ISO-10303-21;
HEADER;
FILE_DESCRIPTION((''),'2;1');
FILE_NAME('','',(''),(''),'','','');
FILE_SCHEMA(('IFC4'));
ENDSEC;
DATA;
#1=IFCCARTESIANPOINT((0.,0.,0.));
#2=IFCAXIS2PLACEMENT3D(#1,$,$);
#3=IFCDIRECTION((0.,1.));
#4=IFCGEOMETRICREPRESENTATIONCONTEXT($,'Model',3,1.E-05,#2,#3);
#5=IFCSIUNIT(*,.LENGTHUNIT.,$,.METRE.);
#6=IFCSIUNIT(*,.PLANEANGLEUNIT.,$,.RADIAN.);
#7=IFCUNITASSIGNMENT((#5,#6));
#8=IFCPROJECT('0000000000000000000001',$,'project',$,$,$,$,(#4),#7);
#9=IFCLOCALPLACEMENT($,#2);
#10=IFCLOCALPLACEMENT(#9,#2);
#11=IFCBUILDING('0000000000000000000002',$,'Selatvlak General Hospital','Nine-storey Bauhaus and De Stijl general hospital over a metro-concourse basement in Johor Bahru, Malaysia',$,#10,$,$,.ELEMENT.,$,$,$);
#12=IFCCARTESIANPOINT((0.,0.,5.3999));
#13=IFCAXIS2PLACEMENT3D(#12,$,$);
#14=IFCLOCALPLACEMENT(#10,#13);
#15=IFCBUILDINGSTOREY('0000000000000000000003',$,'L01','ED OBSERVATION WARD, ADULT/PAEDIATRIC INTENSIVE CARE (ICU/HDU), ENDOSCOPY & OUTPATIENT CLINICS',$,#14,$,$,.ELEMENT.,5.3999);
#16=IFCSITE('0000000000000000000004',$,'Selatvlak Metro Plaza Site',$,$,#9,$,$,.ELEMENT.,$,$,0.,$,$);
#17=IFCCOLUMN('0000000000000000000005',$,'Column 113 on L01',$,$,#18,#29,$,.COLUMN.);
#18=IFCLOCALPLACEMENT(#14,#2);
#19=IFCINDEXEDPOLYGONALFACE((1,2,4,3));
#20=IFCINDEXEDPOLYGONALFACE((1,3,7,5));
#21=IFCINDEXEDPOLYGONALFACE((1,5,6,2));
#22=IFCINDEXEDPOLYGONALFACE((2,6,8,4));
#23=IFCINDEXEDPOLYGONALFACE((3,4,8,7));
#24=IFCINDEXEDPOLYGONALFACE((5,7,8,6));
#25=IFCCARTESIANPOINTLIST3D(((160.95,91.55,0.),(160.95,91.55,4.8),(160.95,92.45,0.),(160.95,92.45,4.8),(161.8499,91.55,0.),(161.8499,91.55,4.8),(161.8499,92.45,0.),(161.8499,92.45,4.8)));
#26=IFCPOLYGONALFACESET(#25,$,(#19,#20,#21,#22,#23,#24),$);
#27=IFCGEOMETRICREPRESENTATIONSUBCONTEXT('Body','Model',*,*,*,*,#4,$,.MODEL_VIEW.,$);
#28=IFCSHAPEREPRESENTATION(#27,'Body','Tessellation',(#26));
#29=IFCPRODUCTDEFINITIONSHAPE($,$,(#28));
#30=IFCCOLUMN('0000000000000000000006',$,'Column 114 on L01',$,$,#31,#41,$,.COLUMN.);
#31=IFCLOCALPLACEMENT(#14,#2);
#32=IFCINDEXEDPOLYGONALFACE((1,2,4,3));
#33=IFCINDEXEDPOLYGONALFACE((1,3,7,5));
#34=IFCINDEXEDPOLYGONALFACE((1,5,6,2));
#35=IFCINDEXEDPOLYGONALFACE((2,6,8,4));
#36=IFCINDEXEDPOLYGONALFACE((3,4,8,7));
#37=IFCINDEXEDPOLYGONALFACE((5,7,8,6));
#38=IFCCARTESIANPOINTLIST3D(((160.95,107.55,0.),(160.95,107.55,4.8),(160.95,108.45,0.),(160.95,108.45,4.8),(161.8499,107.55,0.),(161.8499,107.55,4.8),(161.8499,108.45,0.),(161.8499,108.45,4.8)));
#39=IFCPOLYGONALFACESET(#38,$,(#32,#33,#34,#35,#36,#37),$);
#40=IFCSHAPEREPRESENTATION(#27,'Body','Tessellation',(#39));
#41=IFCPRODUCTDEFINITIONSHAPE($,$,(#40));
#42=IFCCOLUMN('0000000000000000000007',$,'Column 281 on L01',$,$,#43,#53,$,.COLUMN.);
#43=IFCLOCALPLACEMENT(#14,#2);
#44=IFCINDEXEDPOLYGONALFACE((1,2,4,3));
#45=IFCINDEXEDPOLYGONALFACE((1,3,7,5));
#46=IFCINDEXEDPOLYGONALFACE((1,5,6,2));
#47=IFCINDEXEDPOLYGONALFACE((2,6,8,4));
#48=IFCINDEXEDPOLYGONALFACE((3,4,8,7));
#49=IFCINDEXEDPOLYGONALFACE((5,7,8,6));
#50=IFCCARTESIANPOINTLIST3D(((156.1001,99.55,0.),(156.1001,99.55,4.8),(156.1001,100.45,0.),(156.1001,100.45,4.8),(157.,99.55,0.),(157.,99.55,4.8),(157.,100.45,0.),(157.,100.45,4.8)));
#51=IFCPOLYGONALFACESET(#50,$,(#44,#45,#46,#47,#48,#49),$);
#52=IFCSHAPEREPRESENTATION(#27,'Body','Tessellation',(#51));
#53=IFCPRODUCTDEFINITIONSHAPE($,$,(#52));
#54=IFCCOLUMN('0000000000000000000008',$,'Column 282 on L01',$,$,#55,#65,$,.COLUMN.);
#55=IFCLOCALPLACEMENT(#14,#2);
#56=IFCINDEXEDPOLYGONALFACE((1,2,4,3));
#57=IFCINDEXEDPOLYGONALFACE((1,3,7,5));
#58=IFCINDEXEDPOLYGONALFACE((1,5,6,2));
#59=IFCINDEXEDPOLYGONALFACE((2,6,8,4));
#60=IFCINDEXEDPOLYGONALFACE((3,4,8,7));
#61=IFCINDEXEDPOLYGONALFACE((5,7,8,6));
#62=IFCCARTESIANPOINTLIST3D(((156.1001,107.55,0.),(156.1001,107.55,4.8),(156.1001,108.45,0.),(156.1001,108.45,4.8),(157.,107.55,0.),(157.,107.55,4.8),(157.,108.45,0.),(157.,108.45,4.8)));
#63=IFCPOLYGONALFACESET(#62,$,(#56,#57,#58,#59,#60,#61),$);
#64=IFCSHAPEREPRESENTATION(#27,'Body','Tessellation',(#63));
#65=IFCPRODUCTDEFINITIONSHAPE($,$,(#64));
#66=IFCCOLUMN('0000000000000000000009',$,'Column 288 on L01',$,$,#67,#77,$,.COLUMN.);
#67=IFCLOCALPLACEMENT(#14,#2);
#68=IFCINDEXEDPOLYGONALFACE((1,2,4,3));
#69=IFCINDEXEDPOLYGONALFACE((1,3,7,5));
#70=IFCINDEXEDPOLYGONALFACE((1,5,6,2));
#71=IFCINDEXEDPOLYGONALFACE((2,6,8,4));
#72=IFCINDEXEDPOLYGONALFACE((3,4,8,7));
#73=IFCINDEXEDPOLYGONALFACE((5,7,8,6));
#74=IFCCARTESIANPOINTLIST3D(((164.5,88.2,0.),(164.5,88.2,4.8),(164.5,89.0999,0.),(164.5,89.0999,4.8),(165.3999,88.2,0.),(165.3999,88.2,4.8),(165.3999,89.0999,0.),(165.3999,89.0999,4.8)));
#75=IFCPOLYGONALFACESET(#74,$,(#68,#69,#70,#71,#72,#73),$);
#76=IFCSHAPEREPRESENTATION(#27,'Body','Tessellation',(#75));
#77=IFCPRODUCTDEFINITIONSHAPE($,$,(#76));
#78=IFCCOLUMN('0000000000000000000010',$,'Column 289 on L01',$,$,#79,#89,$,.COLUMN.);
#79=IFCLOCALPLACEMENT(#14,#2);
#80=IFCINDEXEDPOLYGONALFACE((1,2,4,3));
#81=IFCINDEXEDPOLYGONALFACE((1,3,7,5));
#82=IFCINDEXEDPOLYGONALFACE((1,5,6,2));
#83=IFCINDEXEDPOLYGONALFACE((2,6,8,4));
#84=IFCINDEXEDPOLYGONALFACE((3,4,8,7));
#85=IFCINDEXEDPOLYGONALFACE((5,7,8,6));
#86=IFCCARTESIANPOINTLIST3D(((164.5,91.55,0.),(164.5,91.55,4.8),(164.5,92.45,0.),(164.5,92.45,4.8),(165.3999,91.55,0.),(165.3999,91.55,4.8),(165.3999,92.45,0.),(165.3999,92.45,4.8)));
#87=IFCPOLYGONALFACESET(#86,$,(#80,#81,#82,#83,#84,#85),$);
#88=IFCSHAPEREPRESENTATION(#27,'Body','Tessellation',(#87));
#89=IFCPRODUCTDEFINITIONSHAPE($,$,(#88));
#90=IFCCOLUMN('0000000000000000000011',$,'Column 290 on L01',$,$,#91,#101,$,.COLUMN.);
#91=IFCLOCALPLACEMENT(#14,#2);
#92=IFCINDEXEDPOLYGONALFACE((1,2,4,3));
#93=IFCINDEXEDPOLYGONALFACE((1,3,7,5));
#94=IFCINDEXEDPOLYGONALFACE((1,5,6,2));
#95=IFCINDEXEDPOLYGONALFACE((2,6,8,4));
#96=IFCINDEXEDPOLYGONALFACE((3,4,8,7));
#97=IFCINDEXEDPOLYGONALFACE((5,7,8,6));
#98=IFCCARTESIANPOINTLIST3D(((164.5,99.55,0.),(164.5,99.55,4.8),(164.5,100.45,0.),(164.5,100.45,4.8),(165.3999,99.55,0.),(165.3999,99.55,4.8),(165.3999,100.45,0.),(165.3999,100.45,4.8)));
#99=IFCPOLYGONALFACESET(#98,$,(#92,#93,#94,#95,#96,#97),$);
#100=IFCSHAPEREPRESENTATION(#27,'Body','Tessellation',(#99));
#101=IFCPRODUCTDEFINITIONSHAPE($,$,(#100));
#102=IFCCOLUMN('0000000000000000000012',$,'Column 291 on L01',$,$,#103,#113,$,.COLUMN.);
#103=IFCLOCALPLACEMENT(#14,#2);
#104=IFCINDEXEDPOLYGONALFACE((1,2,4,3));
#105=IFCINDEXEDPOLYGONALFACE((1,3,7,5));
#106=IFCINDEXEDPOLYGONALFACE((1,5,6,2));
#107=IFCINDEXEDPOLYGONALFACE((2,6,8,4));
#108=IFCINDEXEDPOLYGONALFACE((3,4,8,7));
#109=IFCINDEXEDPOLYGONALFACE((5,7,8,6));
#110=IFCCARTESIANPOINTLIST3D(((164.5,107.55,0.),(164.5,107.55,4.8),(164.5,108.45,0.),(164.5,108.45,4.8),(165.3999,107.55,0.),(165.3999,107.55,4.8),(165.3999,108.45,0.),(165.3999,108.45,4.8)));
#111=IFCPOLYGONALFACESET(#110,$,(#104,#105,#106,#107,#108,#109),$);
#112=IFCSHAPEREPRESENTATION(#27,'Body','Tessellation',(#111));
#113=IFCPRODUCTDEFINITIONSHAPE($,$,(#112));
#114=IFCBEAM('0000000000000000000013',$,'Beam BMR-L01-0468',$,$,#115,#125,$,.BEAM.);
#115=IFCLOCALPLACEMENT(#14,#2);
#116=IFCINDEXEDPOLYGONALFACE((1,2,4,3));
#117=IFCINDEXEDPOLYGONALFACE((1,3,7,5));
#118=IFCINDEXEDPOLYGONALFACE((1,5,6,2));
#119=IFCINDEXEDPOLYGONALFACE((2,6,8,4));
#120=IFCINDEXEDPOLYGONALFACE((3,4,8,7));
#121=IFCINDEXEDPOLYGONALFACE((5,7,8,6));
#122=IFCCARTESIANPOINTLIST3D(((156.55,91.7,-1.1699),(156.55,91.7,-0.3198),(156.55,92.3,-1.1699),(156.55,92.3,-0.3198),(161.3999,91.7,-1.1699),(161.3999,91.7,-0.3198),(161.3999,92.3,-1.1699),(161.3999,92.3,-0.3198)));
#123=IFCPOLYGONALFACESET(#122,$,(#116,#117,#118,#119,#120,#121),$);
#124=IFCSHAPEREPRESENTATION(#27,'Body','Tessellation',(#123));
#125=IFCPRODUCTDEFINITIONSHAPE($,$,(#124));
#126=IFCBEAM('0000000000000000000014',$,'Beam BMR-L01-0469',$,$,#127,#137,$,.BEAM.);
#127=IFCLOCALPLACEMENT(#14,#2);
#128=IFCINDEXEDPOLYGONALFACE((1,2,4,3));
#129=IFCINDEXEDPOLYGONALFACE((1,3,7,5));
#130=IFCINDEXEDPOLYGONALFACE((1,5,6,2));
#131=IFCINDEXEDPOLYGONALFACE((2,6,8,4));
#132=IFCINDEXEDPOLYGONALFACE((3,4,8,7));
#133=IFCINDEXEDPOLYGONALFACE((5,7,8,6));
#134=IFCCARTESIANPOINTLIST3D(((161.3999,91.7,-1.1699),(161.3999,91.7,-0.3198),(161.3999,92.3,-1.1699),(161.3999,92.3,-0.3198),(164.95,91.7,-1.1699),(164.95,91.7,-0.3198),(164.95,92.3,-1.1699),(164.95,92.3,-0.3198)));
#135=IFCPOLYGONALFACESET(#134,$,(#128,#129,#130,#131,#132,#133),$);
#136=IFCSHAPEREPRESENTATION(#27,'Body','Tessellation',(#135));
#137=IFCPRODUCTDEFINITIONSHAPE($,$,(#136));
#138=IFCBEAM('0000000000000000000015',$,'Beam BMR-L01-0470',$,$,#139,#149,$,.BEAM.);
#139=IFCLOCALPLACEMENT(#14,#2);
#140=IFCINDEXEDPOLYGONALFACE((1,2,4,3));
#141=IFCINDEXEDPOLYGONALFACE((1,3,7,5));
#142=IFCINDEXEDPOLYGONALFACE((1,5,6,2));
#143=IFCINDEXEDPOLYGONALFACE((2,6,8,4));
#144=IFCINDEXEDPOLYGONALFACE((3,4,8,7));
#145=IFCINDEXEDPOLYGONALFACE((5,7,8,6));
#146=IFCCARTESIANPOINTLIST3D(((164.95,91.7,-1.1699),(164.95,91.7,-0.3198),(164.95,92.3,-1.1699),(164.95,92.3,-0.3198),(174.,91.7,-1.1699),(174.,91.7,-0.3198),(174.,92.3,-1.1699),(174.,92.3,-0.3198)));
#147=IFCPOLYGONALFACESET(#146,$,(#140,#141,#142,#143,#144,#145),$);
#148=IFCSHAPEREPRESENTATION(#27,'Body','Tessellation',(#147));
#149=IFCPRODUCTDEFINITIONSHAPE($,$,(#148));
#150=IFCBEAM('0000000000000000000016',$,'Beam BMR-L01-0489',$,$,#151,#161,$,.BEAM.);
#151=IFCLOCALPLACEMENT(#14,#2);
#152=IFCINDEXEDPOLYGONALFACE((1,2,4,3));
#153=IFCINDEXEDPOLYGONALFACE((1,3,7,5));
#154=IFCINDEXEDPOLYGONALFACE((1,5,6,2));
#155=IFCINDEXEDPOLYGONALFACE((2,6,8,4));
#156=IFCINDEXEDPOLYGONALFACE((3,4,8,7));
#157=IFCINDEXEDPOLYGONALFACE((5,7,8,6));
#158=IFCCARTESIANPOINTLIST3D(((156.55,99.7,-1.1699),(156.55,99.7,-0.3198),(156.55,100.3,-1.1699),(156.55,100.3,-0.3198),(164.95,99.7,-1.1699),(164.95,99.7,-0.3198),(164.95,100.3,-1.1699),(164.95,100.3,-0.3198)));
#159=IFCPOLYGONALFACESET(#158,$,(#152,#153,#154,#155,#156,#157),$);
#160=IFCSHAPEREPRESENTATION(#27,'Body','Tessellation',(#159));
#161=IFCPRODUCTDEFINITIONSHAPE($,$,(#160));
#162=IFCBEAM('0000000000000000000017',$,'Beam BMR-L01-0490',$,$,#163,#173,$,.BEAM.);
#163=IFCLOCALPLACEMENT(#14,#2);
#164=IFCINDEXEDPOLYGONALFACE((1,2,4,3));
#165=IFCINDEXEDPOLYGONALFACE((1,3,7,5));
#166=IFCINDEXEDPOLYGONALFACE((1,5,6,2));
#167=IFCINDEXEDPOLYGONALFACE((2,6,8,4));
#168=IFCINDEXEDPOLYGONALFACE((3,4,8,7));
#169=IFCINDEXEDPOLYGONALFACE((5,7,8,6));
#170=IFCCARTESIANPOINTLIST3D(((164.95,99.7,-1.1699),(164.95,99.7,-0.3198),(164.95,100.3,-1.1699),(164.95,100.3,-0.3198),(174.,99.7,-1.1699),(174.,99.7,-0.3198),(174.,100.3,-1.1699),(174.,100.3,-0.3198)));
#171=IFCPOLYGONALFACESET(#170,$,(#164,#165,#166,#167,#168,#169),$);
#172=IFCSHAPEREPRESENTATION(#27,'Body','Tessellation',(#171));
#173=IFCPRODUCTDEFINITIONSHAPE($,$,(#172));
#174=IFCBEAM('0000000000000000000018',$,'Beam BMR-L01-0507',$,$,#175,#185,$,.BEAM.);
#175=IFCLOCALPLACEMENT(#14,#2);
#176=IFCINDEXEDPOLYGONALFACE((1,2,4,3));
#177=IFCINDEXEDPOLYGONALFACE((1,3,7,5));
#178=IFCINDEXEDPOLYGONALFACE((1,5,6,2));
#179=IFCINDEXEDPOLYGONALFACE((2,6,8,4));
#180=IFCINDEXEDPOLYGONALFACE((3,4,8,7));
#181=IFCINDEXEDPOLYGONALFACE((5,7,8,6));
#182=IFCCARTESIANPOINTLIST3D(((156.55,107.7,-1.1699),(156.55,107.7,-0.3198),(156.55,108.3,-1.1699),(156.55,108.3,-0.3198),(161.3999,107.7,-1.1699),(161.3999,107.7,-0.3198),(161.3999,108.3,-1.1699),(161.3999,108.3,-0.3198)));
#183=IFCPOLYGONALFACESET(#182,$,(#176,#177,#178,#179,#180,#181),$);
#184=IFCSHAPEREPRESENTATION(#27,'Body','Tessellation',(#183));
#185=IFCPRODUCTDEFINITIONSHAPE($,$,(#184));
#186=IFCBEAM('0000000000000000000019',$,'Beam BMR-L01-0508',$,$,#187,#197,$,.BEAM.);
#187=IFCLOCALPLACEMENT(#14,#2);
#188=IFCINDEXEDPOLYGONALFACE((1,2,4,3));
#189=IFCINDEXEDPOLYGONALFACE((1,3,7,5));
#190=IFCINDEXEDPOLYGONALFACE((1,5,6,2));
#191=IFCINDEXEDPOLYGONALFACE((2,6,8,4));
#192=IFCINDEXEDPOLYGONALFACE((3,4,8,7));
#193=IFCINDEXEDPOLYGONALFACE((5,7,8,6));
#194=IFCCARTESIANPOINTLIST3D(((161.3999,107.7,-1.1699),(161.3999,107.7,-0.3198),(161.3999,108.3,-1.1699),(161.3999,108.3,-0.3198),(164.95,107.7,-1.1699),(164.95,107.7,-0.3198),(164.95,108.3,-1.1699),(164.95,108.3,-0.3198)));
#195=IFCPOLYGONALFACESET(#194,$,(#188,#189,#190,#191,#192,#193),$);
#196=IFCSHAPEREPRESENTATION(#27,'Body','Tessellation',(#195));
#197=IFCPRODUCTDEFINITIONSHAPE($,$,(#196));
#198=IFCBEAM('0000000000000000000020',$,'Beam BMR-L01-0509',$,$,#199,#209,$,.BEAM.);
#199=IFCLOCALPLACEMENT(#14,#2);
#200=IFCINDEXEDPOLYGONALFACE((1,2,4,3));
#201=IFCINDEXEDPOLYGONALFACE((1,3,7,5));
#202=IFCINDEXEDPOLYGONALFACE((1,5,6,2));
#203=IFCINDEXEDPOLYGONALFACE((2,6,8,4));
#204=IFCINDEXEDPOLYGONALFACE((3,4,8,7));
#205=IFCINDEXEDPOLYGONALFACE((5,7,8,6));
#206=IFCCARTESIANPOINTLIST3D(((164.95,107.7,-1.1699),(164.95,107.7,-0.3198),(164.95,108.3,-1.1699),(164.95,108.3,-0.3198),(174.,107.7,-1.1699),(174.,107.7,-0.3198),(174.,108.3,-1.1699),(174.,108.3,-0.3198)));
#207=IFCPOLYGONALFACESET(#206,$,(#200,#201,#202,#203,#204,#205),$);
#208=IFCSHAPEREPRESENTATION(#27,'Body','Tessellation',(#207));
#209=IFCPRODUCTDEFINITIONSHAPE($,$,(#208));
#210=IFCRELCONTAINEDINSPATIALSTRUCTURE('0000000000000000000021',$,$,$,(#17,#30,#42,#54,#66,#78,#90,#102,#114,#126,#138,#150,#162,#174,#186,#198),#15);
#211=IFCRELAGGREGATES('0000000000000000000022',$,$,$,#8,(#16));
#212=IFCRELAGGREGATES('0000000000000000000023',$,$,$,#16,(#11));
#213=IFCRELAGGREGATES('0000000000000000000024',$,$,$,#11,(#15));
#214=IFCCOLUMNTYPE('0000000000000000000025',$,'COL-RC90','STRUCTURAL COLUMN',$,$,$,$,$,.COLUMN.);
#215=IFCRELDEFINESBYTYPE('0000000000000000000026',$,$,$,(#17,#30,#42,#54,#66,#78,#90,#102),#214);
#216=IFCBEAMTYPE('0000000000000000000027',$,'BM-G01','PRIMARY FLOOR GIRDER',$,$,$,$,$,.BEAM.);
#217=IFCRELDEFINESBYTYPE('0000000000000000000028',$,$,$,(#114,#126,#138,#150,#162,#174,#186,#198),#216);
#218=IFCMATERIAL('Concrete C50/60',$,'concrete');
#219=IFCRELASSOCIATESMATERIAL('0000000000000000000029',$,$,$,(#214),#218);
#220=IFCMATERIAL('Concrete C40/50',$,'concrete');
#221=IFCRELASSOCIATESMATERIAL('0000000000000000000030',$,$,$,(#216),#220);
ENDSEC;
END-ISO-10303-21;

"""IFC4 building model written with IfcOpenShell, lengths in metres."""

from ifc_helpers import new_model, si_unit, direction, frame, origin, origin_2d, place, context, subcontext, project, spatial, rectangle, extrude, material, material_profile, profile_set, type_object, element, save


model = new_model("IFC4")

# Units and contexts
model_context = context("Model", 3, precision=1e-05, world=origin(), true_north=direction((0.0, 1.0)))
body_context = subcontext(model_context, "Body", "Model", "MODEL_VIEW")
ifc_project = project(units=[si_unit("LENGTHUNIT", "METRE"), si_unit("PLANEANGLEUNIT", "RADIAN")], contexts=[model_context])

# Site, building, storey
site_placement = place(None, origin())
site = spatial("IfcSite", under=ifc_project, at=site_placement, Name="Selatvlak Metro Plaza Site", CompositionType="ELEMENT", RefElevation=0.0)
building_placement = place(site_placement, origin())
building = spatial("IfcBuilding", under=site, at=building_placement, Name="Selatvlak General Hospital", Description="Nine-storey Bauhaus and De Stijl general hospital over a metro-concourse basement in Johor Bahru, Malaysia", CompositionType="ELEMENT")
storey_placement = place(building_placement, frame((0.0, 0.0, 5.3999)))
storey = spatial("IfcBuildingStorey", under=building, at=storey_placement, Name="L01", Description="ED OBSERVATION WARD, ADULT/PAEDIATRIC INTENSIVE CARE (ICU/HDU), ENDOSCOPY & OUTPATIENT CLINICS", CompositionType="ELEMENT", Elevation=5.3999)

# Columns
ifc_material_1 = material(Name="Concrete C50/60", Category="concrete")
ifc_material_profile_1 = material_profile(ifc_material_1, rectangle(XDim=0.8999, YDim=0.8999, at=origin_2d()), Name="RC-COL 900x900")
ifc_profile_set_1 = profile_set([ifc_material_profile_1], Name="Concrete C50/60")
column_type = type_object("IfcColumnType", Name="COL-RC90", Description="STRUCTURAL COLUMN", PredefinedType="COLUMN", material=ifc_profile_set_1)
for number, where, z_axis, x_axis, name in (
    (1, (161.3999, 92.0, 0.0), (0.0, 0.0, 1.0), (1.0, 0.0, 0.0), "Column 113 on L01"),
    (2, (161.3999, 108.0, 0.0), (0.0, 0.0, 1.0), (1.0, 0.0, 0.0), "Column 114 on L01"),
    (3, (156.55, 100.0, 0.0), (0.0, 0.0, 1.0), (1.0, 0.0, 0.0), "Column 281 on L01"),
    (4, (156.55, 108.0, 0.0), (0.0, 0.0, 1.0), (1.0, 0.0, 0.0), "Column 282 on L01"),
    (5, (164.95, 88.6499, 0.0), (0.0, 0.0, 1.0), (1.0, 0.0, 0.0), "Column 288 on L01"),
    (6, (164.95, 92.0, 0.0), (0.0, 0.0, 1.0), (1.0, 0.0, 0.0), "Column 289 on L01"),
    (7, (164.95, 100.0, 0.0), (0.0, 0.0, 1.0), (1.0, 0.0, 0.0), "Column 290 on L01"),
    (8, (164.95, 108.0, 0.0), (0.0, 0.0, 1.0), (1.0, 0.0, 0.0), "Column 291 on L01"),
):
    element("IfcColumn", number, at=place(storey_placement, frame(where, z_axis=z_axis, x_axis=x_axis)), inside=storey, type_object=column_type, Name=name, PredefinedType="COLUMN", context=body_context, shape_type="SweptSolid", body=[
        extrude(rectangle(XDim=0.8999, YDim=0.8999, at=origin_2d()), origin(), (0.0, 0.0, 1.0), 4.8),
    ])

# Beams
ifc_material_2 = material(Name="Concrete C40/50", Category="concrete")
ifc_material_profile_2 = material_profile(ifc_material_2, rectangle(XDim=0.6001, YDim=0.8501, at=origin_2d()), Name="RC-BM 600x850")
ifc_profile_set_2 = profile_set([ifc_material_profile_2], Name="Concrete C40/50")
beam_type_1 = type_object("IfcBeamType", Name="BM-G01", Description="PRIMARY FLOOR GIRDER", PredefinedType="BEAM", material=ifc_profile_set_2)
beam_1_placement = place(storey_placement, frame((156.55, 92.0, -0.7449), z_axis=(1.0, 0.0, 0.0), x_axis=(0.0, 1.0, 0.0)))
element("IfcBeam", 9, at=beam_1_placement, inside=storey, type_object=beam_type_1, Name="Beam BMR-L01-0468", PredefinedType="BEAM", context=body_context, shape_type="SweptSolid", body=[
    extrude(rectangle(XDim=0.6001, YDim=0.8501, at=origin_2d()), origin(), (0.0, 0.0, 1.0), 4.8499),
])
beam_2_placement = place(storey_placement, frame((161.3999, 92.0, -0.7449), z_axis=(1.0, 0.0, 0.0), x_axis=(0.0, 1.0, 0.0)))
element("IfcBeam", 10, at=beam_2_placement, inside=storey, type_object=beam_type_1, Name="Beam BMR-L01-0469", PredefinedType="BEAM", context=body_context, shape_type="SweptSolid", body=[
    extrude(rectangle(XDim=0.6001, YDim=0.8501, at=origin_2d()), origin(), (0.0, 0.0, 1.0), 3.55),
])
beam_3_placement = place(storey_placement, frame((164.95, 92.0, -0.7449), z_axis=(1.0, 0.0, 0.0), x_axis=(0.0, 1.0, 0.0)))
element("IfcBeam", 11, at=beam_3_placement, inside=storey, type_object=beam_type_1, Name="Beam BMR-L01-0470", PredefinedType="BEAM", context=body_context, shape_type="SweptSolid", body=[
    extrude(rectangle(XDim=0.6001, YDim=0.8501, at=origin_2d()), origin(), (0.0, 0.0, 1.0), 9.05),
])
beam_4_placement = place(storey_placement, frame((156.55, 100.0, -0.7449), z_axis=(1.0, 0.0, 0.0), x_axis=(0.0, 1.0, 0.0)))
element("IfcBeam", 12, at=beam_4_placement, inside=storey, type_object=beam_type_1, Name="Beam BMR-L01-0489", PredefinedType="BEAM", context=body_context, shape_type="SweptSolid", body=[
    extrude(rectangle(XDim=0.6001, YDim=0.8501, at=origin_2d()), origin(), (0.0, 0.0, 1.0), 8.3999),
])
beam_5_placement = place(storey_placement, frame((164.95, 100.0, -0.7449), z_axis=(1.0, 0.0, 0.0), x_axis=(0.0, 1.0, 0.0)))
element("IfcBeam", 13, at=beam_5_placement, inside=storey, type_object=beam_type_1, Name="Beam BMR-L01-0490", PredefinedType="BEAM", context=body_context, shape_type="SweptSolid", body=[
    extrude(rectangle(XDim=0.6001, YDim=0.8501, at=origin_2d()), origin(), (0.0, 0.0, 1.0), 9.05),
])
beam_6_placement = place(storey_placement, frame((156.55, 108.0, -0.7449), z_axis=(1.0, 0.0, 0.0), x_axis=(0.0, 1.0, 0.0)))
element("IfcBeam", 14, at=beam_6_placement, inside=storey, type_object=beam_type_1, Name="Beam BMR-L01-0507", PredefinedType="BEAM", context=body_context, shape_type="SweptSolid", body=[
    extrude(rectangle(XDim=0.6001, YDim=0.8501, at=origin_2d()), origin(), (0.0, 0.0, 1.0), 4.8499),
])
beam_7_placement = place(storey_placement, frame((161.3999, 108.0, -0.7449), z_axis=(1.0, 0.0, 0.0), x_axis=(0.0, 1.0, 0.0)))
element("IfcBeam", 15, at=beam_7_placement, inside=storey, type_object=beam_type_1, Name="Beam BMR-L01-0508", PredefinedType="BEAM", context=body_context, shape_type="SweptSolid", body=[
    extrude(rectangle(XDim=0.6001, YDim=0.8501, at=origin_2d()), origin(), (0.0, 0.0, 1.0), 3.55),
])
beam_8_placement = place(storey_placement, frame((164.95, 108.0, -0.7449), z_axis=(1.0, 0.0, 0.0), x_axis=(0.0, 1.0, 0.0)))
element("IfcBeam", 16, at=beam_8_placement, inside=storey, type_object=beam_type_1, Name="Beam BMR-L01-0509", PredefinedType="BEAM", context=body_context, shape_type="SweptSolid", body=[
    extrude(rectangle(XDim=0.6001, YDim=0.8501, at=origin_2d()), origin(), (0.0, 0.0, 1.0), 9.05),
])

save(model, "model.ifc")
